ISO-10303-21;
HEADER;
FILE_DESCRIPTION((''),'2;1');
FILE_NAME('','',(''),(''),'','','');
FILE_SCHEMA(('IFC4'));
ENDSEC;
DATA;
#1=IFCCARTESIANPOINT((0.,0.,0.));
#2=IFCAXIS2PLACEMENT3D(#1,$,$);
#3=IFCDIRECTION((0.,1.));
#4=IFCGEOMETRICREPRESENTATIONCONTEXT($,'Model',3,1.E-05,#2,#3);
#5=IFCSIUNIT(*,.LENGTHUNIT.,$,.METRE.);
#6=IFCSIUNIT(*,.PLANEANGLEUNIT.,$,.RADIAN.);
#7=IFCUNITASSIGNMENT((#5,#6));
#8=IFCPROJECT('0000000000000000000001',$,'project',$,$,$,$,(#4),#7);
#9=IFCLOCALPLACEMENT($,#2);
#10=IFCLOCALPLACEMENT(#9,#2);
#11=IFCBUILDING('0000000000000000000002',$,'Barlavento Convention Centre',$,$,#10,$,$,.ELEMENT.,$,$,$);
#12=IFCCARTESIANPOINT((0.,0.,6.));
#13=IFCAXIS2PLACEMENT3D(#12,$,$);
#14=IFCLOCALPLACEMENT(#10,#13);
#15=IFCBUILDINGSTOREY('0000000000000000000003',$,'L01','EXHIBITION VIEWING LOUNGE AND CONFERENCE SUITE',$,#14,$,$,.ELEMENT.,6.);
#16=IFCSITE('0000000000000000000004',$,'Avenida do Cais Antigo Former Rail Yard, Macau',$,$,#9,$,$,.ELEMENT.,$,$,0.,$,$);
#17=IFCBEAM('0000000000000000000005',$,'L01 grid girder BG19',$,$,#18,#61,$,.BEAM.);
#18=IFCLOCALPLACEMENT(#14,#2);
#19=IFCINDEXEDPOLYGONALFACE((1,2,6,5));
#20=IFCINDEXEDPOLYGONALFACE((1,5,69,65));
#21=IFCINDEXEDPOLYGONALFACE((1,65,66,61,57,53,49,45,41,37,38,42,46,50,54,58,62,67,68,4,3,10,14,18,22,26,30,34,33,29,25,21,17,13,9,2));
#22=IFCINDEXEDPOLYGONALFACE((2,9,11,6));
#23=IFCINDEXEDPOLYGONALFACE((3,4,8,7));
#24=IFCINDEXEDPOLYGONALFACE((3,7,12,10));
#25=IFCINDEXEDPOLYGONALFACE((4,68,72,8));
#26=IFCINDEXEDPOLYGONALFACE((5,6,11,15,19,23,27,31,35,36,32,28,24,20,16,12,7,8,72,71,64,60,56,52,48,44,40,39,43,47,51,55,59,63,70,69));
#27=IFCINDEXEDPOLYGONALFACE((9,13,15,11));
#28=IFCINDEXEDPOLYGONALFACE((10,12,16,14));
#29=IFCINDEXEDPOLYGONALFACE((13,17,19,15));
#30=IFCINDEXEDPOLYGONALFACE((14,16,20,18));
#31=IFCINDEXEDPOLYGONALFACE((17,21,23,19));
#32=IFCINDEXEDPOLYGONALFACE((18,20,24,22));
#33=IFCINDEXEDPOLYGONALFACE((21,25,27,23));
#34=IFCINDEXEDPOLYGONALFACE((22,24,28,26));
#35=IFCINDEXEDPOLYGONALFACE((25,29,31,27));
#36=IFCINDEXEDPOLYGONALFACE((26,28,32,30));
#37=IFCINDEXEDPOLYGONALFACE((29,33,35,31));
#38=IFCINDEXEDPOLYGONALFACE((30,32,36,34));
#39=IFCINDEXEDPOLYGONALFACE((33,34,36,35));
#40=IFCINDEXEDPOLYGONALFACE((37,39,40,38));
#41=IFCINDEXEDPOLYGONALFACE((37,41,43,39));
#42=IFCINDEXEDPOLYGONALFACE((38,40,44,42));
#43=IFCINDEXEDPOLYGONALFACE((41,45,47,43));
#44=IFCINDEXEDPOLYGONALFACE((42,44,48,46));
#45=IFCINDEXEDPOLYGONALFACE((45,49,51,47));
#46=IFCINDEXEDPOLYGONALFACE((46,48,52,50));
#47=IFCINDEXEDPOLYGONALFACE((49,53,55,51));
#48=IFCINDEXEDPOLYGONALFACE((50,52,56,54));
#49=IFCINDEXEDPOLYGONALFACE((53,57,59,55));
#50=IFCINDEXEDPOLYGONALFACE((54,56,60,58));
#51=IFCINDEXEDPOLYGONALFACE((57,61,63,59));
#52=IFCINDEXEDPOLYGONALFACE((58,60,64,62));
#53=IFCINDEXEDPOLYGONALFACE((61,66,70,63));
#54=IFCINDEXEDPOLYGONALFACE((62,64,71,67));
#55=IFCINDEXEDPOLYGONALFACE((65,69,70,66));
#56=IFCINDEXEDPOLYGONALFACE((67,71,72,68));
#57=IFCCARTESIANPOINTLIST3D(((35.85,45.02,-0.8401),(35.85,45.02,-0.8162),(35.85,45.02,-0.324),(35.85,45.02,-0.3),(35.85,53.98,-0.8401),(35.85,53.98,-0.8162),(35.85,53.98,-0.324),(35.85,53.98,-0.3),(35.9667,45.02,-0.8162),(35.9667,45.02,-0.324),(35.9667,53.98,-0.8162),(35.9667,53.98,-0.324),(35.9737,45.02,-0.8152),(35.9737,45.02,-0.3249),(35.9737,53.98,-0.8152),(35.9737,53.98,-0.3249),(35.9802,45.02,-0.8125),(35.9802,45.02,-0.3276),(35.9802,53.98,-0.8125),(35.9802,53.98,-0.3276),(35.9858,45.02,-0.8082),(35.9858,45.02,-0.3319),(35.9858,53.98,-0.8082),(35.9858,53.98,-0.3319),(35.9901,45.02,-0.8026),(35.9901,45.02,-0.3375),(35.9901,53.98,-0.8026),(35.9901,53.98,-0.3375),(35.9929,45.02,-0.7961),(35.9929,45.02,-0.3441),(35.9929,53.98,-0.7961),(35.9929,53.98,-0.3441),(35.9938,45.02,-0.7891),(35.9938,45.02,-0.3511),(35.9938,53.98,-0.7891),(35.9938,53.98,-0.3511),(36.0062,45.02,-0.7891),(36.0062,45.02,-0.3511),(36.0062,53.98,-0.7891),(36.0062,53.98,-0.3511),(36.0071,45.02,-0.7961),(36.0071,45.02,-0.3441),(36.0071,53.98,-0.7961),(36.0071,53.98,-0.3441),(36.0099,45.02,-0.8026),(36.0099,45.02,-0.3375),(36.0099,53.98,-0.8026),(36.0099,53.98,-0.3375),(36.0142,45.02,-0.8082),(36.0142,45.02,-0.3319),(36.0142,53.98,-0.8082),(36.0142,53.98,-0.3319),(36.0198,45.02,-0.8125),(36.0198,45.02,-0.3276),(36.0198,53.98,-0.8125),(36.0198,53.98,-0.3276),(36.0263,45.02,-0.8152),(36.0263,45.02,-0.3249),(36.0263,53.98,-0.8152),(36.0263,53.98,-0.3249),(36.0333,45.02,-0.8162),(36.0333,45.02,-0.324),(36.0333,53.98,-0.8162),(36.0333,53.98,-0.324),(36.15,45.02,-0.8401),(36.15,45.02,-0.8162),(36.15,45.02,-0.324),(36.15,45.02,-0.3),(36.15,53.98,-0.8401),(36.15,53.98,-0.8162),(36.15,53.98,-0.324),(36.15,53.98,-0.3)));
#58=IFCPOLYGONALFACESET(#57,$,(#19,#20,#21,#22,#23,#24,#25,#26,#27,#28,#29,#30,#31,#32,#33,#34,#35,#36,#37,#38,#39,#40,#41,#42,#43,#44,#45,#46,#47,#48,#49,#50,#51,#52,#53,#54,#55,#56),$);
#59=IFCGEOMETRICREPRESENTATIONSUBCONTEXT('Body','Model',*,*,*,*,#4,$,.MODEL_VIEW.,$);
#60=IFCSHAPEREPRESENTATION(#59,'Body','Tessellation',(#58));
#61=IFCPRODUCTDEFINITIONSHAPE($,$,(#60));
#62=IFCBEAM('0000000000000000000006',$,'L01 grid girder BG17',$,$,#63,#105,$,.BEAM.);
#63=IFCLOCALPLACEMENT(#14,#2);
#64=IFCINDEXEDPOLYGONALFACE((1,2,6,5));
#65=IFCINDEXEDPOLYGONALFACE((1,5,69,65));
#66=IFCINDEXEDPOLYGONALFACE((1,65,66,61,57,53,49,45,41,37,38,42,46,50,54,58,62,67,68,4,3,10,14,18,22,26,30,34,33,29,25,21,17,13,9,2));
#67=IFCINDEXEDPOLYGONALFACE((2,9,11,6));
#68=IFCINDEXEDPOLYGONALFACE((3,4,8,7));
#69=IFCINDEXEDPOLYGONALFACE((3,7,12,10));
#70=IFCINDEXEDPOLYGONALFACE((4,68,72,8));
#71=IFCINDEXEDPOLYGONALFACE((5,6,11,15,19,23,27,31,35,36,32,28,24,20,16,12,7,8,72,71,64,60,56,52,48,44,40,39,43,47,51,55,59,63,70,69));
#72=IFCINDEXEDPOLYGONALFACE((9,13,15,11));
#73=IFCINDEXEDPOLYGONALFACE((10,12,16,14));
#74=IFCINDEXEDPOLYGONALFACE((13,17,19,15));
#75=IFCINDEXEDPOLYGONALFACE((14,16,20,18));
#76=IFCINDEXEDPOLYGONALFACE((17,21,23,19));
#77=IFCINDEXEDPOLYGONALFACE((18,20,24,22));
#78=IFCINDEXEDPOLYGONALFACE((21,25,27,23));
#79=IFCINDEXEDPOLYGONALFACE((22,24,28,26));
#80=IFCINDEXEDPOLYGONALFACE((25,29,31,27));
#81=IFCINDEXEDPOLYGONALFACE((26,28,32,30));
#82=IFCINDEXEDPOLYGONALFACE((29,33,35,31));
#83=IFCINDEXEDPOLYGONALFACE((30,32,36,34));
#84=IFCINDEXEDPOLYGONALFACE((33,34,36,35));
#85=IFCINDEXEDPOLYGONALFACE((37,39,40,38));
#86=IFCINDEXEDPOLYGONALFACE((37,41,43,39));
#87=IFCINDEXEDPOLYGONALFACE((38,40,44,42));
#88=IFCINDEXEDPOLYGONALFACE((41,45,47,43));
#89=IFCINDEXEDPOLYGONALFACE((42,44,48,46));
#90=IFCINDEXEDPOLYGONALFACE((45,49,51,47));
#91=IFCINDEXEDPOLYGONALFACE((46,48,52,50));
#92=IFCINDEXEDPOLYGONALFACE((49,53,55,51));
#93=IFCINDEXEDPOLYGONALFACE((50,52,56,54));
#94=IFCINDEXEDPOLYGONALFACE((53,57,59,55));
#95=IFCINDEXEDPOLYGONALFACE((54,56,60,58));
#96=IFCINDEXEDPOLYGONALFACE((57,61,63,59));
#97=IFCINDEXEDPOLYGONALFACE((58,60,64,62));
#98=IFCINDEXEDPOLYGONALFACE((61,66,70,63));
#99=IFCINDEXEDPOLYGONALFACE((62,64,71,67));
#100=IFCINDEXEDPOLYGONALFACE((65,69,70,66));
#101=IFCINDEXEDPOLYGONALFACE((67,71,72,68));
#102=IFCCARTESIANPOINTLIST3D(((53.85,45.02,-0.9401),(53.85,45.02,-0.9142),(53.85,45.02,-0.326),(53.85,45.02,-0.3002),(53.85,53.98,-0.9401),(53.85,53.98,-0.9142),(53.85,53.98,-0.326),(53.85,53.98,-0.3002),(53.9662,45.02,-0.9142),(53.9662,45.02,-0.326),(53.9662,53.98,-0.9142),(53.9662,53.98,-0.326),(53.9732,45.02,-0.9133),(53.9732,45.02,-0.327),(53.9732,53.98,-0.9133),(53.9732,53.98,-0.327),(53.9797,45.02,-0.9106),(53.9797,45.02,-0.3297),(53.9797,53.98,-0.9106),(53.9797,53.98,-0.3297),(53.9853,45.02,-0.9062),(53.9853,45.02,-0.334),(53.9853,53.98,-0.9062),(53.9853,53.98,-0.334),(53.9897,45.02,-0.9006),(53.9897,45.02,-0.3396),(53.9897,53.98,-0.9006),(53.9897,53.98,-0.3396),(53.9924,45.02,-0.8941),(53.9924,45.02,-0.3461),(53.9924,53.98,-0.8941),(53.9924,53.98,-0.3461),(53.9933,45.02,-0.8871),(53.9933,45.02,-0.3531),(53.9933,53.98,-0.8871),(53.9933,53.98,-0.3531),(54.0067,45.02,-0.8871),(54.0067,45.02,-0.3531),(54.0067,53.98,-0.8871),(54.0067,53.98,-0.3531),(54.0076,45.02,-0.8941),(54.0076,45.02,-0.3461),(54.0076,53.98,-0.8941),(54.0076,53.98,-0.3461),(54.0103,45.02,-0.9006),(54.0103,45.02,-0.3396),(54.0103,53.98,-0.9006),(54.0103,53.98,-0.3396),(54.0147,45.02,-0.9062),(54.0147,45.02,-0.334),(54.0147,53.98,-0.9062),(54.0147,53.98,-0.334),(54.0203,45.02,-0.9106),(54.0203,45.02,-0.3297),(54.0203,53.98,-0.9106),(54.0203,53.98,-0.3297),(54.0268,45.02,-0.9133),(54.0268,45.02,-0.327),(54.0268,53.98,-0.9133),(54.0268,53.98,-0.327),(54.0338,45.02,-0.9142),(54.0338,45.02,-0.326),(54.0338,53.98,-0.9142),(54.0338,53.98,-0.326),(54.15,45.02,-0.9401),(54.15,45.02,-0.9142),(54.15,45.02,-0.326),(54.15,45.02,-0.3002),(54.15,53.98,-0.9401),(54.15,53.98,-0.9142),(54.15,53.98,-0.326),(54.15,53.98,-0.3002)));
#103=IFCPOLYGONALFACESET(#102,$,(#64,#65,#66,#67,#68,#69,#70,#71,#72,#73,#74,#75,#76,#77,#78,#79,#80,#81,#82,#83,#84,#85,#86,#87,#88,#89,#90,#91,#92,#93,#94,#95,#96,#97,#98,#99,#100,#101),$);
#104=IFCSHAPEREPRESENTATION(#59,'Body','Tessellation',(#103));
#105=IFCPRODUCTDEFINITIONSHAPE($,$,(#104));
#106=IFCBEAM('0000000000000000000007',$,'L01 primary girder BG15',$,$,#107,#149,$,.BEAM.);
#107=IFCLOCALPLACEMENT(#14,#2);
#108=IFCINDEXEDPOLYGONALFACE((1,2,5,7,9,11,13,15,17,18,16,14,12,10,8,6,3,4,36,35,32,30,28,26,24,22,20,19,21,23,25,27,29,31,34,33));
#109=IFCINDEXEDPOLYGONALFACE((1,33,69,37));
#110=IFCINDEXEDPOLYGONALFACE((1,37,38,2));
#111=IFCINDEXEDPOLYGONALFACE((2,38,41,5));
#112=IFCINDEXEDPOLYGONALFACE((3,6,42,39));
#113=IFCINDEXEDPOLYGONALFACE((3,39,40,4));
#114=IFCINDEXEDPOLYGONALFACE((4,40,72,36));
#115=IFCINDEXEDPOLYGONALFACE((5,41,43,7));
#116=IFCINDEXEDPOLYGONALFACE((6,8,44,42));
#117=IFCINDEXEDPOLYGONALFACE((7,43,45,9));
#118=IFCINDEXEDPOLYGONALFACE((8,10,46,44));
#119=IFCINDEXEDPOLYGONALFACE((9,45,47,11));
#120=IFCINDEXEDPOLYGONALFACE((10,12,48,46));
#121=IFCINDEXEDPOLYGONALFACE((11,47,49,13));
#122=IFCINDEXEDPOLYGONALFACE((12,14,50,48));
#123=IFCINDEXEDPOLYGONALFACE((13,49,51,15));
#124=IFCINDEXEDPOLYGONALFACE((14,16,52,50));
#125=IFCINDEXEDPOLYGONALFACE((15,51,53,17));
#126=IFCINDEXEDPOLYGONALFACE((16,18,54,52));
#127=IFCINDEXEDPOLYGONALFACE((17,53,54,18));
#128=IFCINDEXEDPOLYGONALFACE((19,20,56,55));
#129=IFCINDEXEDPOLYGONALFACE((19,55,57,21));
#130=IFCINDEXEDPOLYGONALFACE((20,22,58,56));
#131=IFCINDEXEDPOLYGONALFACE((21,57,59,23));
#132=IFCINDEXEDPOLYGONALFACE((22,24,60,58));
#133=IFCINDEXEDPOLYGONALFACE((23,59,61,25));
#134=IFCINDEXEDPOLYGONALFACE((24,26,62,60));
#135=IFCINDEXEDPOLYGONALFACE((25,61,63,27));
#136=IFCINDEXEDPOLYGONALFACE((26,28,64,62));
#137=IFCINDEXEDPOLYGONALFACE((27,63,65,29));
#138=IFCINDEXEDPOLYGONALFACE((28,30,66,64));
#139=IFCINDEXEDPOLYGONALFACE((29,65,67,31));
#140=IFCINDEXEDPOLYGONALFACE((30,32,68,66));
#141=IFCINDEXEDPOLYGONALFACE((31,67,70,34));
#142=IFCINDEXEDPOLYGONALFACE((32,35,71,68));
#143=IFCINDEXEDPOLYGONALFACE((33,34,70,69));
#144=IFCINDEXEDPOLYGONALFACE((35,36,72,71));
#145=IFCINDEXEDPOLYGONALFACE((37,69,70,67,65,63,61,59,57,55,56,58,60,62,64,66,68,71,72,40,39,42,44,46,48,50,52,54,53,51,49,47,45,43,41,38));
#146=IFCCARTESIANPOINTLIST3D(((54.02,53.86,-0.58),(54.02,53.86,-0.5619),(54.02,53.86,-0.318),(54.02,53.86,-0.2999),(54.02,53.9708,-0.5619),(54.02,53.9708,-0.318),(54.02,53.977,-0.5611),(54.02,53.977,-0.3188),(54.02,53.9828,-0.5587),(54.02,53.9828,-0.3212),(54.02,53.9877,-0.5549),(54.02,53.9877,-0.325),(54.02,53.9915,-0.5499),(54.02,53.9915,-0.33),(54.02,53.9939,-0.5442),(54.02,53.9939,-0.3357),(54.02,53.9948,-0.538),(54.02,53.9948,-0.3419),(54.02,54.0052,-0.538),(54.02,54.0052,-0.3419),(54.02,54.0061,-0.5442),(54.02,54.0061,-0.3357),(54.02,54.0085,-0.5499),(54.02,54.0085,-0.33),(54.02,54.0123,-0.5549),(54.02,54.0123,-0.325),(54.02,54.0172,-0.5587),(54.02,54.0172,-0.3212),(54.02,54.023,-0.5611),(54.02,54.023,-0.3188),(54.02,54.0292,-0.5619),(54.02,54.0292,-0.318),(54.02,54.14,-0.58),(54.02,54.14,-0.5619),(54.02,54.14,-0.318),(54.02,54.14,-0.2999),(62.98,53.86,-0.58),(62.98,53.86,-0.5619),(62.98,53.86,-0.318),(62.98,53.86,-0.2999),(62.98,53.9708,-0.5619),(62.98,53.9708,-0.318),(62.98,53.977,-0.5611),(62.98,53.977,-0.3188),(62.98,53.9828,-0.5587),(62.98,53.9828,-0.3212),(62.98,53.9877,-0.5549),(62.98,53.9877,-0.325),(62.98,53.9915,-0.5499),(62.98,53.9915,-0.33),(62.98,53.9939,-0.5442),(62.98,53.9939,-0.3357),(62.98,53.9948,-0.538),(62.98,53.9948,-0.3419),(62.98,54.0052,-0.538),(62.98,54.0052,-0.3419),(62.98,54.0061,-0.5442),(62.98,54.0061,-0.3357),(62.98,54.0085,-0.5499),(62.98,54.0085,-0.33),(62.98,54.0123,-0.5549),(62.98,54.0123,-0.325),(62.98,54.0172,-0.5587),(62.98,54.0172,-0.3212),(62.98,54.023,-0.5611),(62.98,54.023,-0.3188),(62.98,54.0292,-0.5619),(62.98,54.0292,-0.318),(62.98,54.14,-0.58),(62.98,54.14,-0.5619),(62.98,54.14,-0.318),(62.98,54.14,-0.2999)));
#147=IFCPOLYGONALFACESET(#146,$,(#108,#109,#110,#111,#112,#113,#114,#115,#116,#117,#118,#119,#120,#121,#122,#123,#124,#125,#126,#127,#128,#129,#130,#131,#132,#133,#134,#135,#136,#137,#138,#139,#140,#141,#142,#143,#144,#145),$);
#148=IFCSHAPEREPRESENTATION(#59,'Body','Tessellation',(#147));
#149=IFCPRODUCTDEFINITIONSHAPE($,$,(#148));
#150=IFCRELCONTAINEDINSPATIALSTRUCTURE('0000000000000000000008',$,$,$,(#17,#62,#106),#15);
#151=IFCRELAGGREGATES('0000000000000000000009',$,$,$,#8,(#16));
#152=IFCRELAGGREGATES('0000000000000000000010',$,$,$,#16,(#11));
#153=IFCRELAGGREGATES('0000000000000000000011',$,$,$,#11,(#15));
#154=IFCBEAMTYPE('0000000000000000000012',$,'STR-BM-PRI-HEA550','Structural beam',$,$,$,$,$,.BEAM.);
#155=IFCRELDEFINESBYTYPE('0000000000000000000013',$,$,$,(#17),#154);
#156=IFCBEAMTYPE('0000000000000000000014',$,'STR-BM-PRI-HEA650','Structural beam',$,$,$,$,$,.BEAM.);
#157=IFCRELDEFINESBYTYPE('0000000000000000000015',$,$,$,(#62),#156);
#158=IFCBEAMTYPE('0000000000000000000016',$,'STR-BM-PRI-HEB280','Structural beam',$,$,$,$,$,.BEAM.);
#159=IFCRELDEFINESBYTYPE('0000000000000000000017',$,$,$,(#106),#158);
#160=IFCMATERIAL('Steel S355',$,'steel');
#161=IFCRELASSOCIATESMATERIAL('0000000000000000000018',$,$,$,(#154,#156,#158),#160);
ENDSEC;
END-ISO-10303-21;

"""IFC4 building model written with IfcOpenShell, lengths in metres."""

from ifc_helpers import new_model, si_unit, direction, frame, origin, origin_2d, place, context, subcontext, project, spatial, i_section, extrude, material, material_profile, profile_set, type_object, element, save


model = new_model("IFC4")

# Units and contexts
model_context = context("Model", 3, precision=1e-05, world=origin(), true_north=direction((0.0, 1.0)))
body_context = subcontext(model_context, "Body", "Model", "MODEL_VIEW")
ifc_project = project(units=[si_unit("LENGTHUNIT", "METRE"), si_unit("PLANEANGLEUNIT", "RADIAN")], contexts=[model_context])

# Site, building, storey
site_placement = place(None, origin())
site = spatial("IfcSite", under=ifc_project, at=site_placement, Name="Avenida do Cais Antigo Former Rail Yard, Macau", CompositionType="ELEMENT", RefElevation=0.0)
building_placement = place(site_placement, origin())
building = spatial("IfcBuilding", under=site, at=building_placement, Name="Barlavento Convention Centre", CompositionType="ELEMENT")
storey_placement = place(building_placement, frame((0.0, 0.0, 6.0)))
storey = spatial("IfcBuildingStorey", under=building, at=storey_placement, Name="L01", Description="EXHIBITION VIEWING LOUNGE AND CONFERENCE SUITE", CompositionType="ELEMENT", Elevation=6.0)

# Shared definitions
ifc_material_1 = material(Name="Steel S355", Category="steel")

# Beams
ifc_material_profile_1 = material_profile(ifc_material_1, i_section(OverallWidth=0.3, OverallDepth=0.54, WebThickness=0.0125, FlangeThickness=0.0239, FilletRadius=0.0271, at=origin_2d()), Name="HEA 550")
ifc_profile_set_1 = profile_set([ifc_material_profile_1], Name="Steel S355")
beam_type_1 = type_object("IfcBeamType", Name="STR-BM-PRI-HEA550", Description="Structural beam", PredefinedType="BEAM", material=ifc_profile_set_1)
beam_1_placement = place(storey_placement, frame((36.0, 45.02, -0.5701), z_axis=(0.0, 1.0, 0.0), x_axis=(-1.0, 0.0, 0.0)))
element("IfcBeam", 1, at=beam_1_placement, inside=storey, type_object=beam_type_1, Name="L01 grid girder BG19", PredefinedType="BEAM", context=body_context, shape_type="SweptSolid", body=[
    extrude(i_section(OverallWidth=0.3, OverallDepth=0.54, WebThickness=0.0125, FlangeThickness=0.0239, FilletRadius=0.0271, at=origin_2d()), origin(), (0.0, 0.0, 1.0), 8.96),
])
ifc_material_profile_2 = material_profile(ifc_material_1, i_section(OverallWidth=0.3, OverallDepth=0.6399, WebThickness=0.0134, FlangeThickness=0.0259, FilletRadius=0.0271, at=origin_2d()), Name="HEA 650")
ifc_profile_set_2 = profile_set([ifc_material_profile_2], Name="Steel S355")
beam_type_2 = type_object("IfcBeamType", Name="STR-BM-PRI-HEA650", Description="Structural beam", PredefinedType="BEAM", material=ifc_profile_set_2)
beam_2_placement = place(storey_placement, frame((54.0, 45.02, -0.6201), z_axis=(0.0, 1.0, 0.0), x_axis=(-1.0, 0.0, 0.0)))
element("IfcBeam", 2, at=beam_2_placement, inside=storey, type_object=beam_type_2, Name="L01 grid girder BG17", PredefinedType="BEAM", context=body_context, shape_type="SweptSolid", body=[
    extrude(i_section(OverallWidth=0.3, OverallDepth=0.6399, WebThickness=0.0134, FlangeThickness=0.0259, FilletRadius=0.0271, at=origin_2d()), origin(), (0.0, 0.0, 1.0), 8.96),
])
ifc_material_profile_3 = material_profile(ifc_material_1, i_section(OverallWidth=0.28, OverallDepth=0.28, WebThickness=0.0105, FlangeThickness=0.0181, FilletRadius=0.0239, at=origin_2d()), Name="HEB 280")
ifc_profile_set_3 = profile_set([ifc_material_profile_3], Name="Steel S355")
beam_type_3 = type_object("IfcBeamType", Name="STR-BM-PRI-HEB280", Description="Structural beam", PredefinedType="BEAM", material=ifc_profile_set_3)
beam_3_placement = place(storey_placement, frame((54.02, 54.0, -0.4399), z_axis=(1.0, 0.0, 0.0), x_axis=(0.0, 1.0, 0.0)))
element("IfcBeam", 3, at=beam_3_placement, inside=storey, type_object=beam_type_3, Name="L01 primary girder BG15", PredefinedType="BEAM", context=body_context, shape_type="SweptSolid", body=[
    extrude(i_section(OverallWidth=0.28, OverallDepth=0.28, WebThickness=0.0105, FlangeThickness=0.0181, FilletRadius=0.0239, at=origin_2d()), origin(), (0.0, 0.0, 1.0), 8.96),
])

save(model, "model.ifc")
